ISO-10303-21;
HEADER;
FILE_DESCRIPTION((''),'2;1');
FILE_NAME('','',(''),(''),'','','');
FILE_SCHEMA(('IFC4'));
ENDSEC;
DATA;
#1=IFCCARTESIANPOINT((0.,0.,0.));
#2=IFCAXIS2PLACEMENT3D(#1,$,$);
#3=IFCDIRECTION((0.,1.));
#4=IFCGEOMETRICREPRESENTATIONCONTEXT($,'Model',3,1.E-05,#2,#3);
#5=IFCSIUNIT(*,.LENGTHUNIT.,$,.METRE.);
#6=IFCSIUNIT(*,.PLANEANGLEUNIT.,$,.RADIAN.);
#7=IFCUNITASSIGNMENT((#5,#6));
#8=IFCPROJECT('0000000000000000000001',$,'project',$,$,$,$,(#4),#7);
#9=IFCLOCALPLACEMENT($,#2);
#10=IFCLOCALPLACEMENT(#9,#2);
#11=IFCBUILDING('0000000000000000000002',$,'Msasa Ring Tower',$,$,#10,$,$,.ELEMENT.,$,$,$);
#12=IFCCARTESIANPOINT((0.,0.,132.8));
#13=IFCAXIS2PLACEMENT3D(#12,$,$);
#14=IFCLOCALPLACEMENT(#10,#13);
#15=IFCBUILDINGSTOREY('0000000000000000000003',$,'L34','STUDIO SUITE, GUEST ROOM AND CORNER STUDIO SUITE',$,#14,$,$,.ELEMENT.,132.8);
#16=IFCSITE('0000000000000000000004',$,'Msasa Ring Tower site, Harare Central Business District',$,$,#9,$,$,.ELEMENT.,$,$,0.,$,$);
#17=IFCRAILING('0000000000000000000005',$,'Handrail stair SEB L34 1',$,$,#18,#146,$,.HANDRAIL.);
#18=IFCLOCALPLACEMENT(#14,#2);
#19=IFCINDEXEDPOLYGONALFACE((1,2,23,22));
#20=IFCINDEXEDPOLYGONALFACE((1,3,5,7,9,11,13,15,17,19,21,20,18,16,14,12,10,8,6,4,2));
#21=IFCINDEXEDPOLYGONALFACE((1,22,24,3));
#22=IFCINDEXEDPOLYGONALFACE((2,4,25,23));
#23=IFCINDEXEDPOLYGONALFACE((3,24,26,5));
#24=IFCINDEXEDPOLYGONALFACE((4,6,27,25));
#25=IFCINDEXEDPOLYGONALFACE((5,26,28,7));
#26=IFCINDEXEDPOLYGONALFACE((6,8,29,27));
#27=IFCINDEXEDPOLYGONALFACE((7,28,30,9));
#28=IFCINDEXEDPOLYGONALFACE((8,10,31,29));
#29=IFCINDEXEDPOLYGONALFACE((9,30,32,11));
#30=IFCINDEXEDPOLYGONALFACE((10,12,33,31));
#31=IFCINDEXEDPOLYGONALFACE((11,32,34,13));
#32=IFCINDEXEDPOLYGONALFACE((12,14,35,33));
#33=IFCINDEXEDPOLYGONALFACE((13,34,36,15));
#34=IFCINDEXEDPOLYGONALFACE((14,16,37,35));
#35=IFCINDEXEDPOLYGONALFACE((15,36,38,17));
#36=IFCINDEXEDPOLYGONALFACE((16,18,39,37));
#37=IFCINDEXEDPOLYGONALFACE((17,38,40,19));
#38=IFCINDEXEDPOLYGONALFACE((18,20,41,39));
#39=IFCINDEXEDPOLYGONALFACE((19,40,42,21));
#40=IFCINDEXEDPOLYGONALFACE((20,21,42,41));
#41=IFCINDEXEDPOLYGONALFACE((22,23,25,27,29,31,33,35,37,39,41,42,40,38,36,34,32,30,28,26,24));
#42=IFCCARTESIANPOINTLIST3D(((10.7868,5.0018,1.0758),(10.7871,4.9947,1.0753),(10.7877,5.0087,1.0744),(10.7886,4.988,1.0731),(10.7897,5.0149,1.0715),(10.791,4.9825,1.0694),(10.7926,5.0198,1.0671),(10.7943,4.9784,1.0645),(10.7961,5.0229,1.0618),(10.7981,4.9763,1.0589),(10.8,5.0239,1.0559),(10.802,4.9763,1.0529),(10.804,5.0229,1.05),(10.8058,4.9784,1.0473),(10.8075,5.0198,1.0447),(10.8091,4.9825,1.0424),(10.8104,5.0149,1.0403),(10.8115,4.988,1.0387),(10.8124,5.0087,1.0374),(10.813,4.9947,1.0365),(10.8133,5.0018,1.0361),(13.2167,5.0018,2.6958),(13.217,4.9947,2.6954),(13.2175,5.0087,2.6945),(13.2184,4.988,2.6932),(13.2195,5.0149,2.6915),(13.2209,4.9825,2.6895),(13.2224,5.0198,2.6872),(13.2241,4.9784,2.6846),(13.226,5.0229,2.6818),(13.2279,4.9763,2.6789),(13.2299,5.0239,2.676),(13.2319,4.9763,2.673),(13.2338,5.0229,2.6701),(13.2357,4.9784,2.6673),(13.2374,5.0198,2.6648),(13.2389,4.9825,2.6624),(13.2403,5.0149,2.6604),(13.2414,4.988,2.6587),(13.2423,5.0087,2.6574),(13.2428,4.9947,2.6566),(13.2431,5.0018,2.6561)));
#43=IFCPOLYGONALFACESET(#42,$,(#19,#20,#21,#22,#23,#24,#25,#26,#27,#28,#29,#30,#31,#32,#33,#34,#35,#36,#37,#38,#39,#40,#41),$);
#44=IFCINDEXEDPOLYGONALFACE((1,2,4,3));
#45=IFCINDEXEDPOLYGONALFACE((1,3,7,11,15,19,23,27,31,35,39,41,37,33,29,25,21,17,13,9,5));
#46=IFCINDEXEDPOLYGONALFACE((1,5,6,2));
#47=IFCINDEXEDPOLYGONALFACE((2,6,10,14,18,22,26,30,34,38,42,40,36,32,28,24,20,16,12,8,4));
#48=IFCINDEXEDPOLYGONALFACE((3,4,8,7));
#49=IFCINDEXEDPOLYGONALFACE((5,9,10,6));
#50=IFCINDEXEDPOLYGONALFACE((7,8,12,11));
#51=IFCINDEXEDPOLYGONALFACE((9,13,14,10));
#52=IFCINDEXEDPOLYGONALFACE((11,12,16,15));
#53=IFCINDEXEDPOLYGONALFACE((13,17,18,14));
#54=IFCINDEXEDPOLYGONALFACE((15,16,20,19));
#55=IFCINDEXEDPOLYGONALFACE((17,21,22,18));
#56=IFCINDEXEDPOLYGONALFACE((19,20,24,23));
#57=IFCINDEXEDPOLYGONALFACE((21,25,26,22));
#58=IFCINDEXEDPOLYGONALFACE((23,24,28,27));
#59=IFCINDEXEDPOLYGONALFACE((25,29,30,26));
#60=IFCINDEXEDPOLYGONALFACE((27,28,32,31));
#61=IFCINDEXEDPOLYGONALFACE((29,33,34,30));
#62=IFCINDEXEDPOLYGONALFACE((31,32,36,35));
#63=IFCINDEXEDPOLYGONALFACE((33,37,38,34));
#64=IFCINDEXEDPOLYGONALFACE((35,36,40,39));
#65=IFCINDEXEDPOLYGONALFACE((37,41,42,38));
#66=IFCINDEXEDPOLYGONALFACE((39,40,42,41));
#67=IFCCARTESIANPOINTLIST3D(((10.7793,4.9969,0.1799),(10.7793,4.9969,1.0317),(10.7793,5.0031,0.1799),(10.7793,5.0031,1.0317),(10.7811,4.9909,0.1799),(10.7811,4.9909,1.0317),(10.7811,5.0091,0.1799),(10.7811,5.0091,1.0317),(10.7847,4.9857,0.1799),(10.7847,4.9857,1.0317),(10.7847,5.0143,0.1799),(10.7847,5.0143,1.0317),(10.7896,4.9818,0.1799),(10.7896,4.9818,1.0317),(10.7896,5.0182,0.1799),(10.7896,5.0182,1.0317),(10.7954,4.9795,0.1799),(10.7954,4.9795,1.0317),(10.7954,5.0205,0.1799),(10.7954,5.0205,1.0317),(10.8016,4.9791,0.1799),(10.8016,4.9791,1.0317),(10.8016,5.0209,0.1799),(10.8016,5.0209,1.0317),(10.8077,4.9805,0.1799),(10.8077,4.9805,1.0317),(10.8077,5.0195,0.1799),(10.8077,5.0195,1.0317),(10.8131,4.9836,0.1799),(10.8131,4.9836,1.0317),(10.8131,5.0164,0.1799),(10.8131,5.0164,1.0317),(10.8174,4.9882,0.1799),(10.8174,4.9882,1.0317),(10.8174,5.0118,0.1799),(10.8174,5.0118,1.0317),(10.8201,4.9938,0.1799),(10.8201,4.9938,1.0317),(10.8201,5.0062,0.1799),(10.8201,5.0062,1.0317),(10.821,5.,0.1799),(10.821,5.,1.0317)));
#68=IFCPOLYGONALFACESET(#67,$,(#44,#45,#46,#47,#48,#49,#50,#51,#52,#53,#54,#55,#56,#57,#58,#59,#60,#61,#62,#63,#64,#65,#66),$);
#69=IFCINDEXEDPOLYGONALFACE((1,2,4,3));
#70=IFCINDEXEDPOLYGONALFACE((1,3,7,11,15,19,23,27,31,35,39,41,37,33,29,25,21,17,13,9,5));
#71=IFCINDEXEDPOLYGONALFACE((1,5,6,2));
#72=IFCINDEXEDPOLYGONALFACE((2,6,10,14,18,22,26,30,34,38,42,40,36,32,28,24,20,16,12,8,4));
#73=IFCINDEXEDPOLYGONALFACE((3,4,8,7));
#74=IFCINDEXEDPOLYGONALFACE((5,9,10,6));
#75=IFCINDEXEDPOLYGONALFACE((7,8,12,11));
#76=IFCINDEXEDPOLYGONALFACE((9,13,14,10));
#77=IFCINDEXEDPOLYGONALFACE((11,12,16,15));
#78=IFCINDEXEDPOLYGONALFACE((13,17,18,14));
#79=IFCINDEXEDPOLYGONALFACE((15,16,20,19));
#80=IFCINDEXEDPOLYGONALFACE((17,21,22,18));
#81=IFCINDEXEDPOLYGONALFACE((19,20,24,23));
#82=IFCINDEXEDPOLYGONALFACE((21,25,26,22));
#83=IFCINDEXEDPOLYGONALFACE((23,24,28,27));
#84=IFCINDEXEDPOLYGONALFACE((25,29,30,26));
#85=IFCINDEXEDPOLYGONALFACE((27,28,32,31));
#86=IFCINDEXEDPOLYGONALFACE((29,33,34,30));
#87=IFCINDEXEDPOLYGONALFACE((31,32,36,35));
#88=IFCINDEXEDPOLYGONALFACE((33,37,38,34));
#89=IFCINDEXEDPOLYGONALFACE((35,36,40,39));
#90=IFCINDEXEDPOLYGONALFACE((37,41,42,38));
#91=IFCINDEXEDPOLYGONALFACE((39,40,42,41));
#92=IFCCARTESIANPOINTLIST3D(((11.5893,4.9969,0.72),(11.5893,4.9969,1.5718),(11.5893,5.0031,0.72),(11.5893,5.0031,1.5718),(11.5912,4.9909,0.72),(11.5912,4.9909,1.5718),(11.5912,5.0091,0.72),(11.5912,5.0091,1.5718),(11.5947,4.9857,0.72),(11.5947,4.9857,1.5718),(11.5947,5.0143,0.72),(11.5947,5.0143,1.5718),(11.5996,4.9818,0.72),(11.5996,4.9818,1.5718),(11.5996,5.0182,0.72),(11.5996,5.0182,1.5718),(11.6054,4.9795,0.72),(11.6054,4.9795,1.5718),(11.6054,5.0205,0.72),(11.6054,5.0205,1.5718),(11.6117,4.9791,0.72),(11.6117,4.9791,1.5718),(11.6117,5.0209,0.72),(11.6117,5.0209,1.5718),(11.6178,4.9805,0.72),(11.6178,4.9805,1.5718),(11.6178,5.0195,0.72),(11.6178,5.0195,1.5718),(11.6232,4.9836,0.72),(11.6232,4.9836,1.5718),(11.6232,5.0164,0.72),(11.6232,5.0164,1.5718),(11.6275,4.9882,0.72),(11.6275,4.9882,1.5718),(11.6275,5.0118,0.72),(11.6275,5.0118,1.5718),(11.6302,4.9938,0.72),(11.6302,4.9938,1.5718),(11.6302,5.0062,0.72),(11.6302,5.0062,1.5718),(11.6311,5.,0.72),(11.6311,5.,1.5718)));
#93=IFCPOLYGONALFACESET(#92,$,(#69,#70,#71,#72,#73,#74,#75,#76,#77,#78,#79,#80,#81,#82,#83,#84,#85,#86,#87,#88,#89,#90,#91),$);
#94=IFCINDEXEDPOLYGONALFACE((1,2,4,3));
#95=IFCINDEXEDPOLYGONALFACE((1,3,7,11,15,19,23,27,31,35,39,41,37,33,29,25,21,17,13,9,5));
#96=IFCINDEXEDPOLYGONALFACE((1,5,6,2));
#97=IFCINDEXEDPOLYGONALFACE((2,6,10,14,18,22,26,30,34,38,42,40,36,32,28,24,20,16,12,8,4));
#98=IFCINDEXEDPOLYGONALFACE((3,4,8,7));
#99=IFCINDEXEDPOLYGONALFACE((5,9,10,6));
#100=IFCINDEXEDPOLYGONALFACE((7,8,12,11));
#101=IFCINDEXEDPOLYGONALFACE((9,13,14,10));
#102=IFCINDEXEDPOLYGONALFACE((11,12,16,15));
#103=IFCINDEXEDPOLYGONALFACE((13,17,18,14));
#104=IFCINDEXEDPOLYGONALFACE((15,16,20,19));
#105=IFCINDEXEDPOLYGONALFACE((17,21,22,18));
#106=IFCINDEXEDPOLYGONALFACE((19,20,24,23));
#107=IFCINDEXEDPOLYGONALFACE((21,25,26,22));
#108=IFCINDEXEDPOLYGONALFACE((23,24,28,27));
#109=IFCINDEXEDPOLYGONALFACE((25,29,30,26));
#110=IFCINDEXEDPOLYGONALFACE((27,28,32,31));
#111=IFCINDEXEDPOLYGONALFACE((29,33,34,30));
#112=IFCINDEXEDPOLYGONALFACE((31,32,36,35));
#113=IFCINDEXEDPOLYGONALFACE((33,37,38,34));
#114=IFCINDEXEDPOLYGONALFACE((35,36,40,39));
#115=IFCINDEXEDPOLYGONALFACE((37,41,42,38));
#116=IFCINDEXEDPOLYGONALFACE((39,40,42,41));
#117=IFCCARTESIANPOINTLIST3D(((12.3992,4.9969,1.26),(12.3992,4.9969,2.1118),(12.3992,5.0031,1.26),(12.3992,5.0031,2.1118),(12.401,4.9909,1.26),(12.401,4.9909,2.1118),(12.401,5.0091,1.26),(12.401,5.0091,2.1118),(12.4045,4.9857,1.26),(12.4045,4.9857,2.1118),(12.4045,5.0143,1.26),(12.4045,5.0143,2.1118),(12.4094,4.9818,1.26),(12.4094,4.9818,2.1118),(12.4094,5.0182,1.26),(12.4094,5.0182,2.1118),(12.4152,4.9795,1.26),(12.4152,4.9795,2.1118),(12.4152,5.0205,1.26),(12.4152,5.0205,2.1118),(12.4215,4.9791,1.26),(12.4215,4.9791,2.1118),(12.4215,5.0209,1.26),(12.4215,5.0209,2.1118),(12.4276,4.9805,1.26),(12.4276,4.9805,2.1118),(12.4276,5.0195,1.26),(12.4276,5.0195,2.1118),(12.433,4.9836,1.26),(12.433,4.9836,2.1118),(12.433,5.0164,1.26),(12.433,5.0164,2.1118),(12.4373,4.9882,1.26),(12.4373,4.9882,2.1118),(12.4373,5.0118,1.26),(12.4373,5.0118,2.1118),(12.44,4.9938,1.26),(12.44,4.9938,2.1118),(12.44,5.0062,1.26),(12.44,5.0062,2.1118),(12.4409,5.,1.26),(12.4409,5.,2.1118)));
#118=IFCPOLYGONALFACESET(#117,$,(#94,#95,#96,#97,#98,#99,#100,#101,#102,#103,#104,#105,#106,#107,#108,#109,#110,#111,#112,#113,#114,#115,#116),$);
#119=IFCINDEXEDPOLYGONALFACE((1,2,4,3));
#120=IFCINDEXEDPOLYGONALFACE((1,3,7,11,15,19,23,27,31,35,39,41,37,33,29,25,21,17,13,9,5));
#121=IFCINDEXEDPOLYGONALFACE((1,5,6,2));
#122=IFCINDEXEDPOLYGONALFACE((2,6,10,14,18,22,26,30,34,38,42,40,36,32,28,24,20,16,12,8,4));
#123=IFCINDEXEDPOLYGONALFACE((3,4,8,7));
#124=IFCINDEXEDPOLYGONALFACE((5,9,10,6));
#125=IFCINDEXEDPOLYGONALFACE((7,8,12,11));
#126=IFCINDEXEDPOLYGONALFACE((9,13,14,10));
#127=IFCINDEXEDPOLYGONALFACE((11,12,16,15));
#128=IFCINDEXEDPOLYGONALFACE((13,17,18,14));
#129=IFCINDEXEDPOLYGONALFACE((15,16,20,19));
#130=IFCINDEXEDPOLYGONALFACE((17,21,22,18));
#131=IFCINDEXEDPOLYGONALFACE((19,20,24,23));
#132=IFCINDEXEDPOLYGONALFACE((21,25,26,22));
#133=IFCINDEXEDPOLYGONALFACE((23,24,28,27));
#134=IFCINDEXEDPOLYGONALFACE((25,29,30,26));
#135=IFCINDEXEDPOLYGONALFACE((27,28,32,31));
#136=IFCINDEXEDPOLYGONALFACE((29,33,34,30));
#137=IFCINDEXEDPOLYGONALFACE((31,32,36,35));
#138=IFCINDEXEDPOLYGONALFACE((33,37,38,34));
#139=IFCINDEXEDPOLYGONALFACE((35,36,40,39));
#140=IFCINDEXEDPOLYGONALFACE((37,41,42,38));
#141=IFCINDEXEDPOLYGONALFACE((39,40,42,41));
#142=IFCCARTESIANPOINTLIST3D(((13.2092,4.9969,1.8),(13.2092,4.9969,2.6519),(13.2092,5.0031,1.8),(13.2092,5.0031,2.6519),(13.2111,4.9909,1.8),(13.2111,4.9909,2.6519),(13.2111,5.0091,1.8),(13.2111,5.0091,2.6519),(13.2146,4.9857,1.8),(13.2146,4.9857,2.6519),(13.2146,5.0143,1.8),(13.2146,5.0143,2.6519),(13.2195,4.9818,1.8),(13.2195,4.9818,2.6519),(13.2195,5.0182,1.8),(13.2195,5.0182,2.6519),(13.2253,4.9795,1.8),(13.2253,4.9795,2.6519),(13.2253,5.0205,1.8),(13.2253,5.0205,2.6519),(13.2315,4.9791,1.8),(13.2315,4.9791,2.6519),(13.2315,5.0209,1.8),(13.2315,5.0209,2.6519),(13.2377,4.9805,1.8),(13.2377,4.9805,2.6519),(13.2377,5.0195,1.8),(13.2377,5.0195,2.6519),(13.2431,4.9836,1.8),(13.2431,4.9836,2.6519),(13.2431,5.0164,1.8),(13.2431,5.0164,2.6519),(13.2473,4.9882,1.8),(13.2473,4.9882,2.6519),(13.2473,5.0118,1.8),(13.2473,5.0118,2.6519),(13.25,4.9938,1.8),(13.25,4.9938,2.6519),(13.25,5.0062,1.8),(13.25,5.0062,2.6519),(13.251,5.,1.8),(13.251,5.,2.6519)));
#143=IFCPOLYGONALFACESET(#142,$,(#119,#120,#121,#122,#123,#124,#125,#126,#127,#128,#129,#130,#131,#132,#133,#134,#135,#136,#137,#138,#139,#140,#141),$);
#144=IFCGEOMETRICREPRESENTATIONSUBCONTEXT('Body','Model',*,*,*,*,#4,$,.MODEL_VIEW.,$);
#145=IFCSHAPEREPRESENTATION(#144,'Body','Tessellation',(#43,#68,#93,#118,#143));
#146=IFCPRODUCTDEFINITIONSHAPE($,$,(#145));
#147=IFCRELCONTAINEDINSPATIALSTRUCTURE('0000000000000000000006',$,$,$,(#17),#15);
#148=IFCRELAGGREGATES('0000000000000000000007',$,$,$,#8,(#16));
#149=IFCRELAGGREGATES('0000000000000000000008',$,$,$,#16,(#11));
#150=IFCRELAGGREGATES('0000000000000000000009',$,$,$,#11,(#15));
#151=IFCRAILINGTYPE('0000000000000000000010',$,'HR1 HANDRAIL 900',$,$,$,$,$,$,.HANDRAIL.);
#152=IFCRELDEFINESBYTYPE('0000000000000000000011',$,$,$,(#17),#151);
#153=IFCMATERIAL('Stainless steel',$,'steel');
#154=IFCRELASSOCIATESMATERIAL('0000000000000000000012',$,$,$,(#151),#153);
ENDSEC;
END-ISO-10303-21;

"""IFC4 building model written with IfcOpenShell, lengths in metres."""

from ifc_helpers import new_model, si_unit, direction, frame, origin, origin_2d, place, context, subcontext, project, spatial, circle, extrude, material, type_object, element, save


model = new_model("IFC4")

# Units and contexts
model_context = context("Model", 3, precision=1e-05, world=origin(), true_north=direction((0.0, 1.0)))
body_context = subcontext(model_context, "Body", "Model", "MODEL_VIEW")
ifc_project = project(units=[si_unit("LENGTHUNIT", "METRE"), si_unit("PLANEANGLEUNIT", "RADIAN")], contexts=[model_context])

# Site, building, storey
site_placement = place(None, origin())
site = spatial("IfcSite", under=ifc_project, at=site_placement, Name="Msasa Ring Tower site, Harare Central Business District", CompositionType="ELEMENT", RefElevation=0.0)
building_placement = place(site_placement, origin())
building = spatial("IfcBuilding", under=site, at=building_placement, Name="Msasa Ring Tower", CompositionType="ELEMENT")
storey_placement = place(building_placement, frame((0.0, 0.0, 132.8)))
storey = spatial("IfcBuildingStorey", under=building, at=storey_placement, Name="L34", Description="STUDIO SUITE, GUEST ROOM AND CORNER STUDIO SUITE", CompositionType="ELEMENT", Elevation=132.8)

# Railing
ifc_material_1 = material(Name="Stainless steel", Category="steel")
railing_type = type_object("IfcRailingType", Name="HR1 HANDRAIL 900", PredefinedType="HANDRAIL", material=ifc_material_1)
for number, where, name in (
    (1, (10.8, 5.0, 0.1799), "Handrail stair SEB L34 1"),
):
    element("IfcRailing", number, at=place(storey_placement, frame(where)), inside=storey, type_object=railing_type, Name=name, PredefinedType="HANDRAIL", context=body_context, shape_type="SweptSolid", body=[
        extrude(circle(Radius=0.0239, at=origin_2d()), frame((0.0, 0.0, 0.876), z_axis=(0.832025, 0.0, 0.554739), x_axis=(0.0, 1.0, 0.0)), (0.0, 0.0, 1.0), 2.9204),
        extrude(circle(Radius=0.021, at=origin_2d()), origin(), (0.0, 0.0, 1.0), 0.8518),
        extrude(circle(Radius=0.021, at=origin_2d()), frame((0.8101, 0.0, 0.54)), (0.0, 0.0, 1.0), 0.8518),
        extrude(circle(Radius=0.021, at=origin_2d()), frame((1.6199, 0.0, 1.0801)), (0.0, 0.0, 1.0), 0.8518),
        extrude(circle(Radius=0.021, at=origin_2d()), frame((2.4299, 0.0, 1.6201)), (0.0, 0.0, 1.0), 0.8518),
    ])

save(model, "model.ifc")
